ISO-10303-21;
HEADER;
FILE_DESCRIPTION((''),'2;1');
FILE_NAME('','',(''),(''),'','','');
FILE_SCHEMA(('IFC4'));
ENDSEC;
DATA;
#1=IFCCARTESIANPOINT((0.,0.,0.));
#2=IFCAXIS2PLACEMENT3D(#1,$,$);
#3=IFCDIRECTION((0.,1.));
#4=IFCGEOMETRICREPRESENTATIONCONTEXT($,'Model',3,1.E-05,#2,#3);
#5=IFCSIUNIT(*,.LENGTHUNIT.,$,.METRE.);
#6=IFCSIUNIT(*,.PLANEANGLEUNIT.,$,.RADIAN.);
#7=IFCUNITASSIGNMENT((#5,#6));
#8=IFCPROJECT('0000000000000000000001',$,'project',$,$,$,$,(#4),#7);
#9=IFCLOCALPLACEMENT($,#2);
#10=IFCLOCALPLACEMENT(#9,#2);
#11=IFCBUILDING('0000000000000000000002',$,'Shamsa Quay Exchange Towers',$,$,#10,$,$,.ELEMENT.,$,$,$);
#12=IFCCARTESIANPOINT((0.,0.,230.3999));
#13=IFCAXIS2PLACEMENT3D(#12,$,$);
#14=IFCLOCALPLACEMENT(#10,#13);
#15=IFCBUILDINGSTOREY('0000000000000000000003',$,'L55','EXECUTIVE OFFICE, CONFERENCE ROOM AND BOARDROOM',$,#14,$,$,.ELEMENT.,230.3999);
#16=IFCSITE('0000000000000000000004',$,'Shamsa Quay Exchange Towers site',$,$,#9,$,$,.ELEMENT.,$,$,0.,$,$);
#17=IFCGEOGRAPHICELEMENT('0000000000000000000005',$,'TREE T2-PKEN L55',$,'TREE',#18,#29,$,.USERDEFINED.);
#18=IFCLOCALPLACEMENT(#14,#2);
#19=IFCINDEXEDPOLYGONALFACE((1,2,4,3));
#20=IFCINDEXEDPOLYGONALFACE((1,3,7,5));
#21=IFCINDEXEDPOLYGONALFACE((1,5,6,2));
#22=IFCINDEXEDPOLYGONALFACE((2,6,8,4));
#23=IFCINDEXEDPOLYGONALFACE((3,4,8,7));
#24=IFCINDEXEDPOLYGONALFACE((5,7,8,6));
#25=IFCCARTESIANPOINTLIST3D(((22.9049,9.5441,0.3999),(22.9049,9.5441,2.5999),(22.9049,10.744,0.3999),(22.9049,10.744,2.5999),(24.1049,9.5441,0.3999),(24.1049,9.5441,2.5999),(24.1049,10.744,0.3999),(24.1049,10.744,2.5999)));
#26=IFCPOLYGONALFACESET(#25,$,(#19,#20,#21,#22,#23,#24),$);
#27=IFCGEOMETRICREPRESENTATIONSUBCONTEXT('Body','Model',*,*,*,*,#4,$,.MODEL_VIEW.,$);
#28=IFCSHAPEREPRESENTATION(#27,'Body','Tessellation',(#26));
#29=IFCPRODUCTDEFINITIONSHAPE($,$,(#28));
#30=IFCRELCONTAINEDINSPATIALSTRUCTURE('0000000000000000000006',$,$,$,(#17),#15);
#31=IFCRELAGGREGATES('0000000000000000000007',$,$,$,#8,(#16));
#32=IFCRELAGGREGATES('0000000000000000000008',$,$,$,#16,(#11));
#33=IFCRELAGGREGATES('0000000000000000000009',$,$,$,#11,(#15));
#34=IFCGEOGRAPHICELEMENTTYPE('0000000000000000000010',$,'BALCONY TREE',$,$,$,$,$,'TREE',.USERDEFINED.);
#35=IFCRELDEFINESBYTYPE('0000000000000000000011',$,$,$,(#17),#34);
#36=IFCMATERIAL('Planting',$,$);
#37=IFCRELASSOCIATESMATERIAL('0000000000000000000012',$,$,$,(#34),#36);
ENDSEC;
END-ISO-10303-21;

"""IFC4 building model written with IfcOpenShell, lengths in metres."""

from ifc_helpers import new_model, si_unit, direction, frame, origin, origin_2d, place, context, subcontext, project, spatial, rectangle, extrude, material, type_object, element, save


model = new_model("IFC4")

# Units and contexts
model_context = context("Model", 3, precision=1e-05, world=origin(), true_north=direction((0.0, 1.0)))
body_context = subcontext(model_context, "Body", "Model", "MODEL_VIEW")
ifc_project = project(units=[si_unit("LENGTHUNIT", "METRE"), si_unit("PLANEANGLEUNIT", "RADIAN")], contexts=[model_context])

# Site, building, storey
site_placement = place(None, origin())
site = spatial("IfcSite", under=ifc_project, at=site_placement, Name="Shamsa Quay Exchange Towers site", CompositionType="ELEMENT", RefElevation=0.0)
building_placement = place(site_placement, origin())
building = spatial("IfcBuilding", under=site, at=building_placement, Name="Shamsa Quay Exchange Towers", CompositionType="ELEMENT")
storey_placement = place(building_placement, frame((0.0, 0.0, 230.3999)))
storey = spatial("IfcBuildingStorey", under=building, at=storey_placement, Name="L55", Description="EXECUTIVE OFFICE, CONFERENCE ROOM AND BOARDROOM", CompositionType="ELEMENT", Elevation=230.3999)

# Geographic element
ifc_material_1 = material(Name="Planting")
geographic_element_type = type_object("IfcGeographicElementType", Name="BALCONY TREE", ElementType="TREE", PredefinedType="USERDEFINED", material=ifc_material_1)
geographic_element_placement = place(storey_placement, frame((23.5049, 10.144, 0.3999), z_axis=(0.0, 0.0, 1.0), x_axis=(0.0, -1.0, 0.0)))
element("IfcGeographicElement", 1, at=geographic_element_placement, inside=storey, type_object=geographic_element_type, Name="TREE T2-PKEN L55", ObjectType="TREE", PredefinedType="USERDEFINED", context=body_context, shape_type="SweptSolid", body=[
    extrude(rectangle(XDim=1.2, YDim=1.2, at=origin_2d()), origin(), (0.0, 0.0, 1.0), 2.2),
])

save(model, "model.ifc")
